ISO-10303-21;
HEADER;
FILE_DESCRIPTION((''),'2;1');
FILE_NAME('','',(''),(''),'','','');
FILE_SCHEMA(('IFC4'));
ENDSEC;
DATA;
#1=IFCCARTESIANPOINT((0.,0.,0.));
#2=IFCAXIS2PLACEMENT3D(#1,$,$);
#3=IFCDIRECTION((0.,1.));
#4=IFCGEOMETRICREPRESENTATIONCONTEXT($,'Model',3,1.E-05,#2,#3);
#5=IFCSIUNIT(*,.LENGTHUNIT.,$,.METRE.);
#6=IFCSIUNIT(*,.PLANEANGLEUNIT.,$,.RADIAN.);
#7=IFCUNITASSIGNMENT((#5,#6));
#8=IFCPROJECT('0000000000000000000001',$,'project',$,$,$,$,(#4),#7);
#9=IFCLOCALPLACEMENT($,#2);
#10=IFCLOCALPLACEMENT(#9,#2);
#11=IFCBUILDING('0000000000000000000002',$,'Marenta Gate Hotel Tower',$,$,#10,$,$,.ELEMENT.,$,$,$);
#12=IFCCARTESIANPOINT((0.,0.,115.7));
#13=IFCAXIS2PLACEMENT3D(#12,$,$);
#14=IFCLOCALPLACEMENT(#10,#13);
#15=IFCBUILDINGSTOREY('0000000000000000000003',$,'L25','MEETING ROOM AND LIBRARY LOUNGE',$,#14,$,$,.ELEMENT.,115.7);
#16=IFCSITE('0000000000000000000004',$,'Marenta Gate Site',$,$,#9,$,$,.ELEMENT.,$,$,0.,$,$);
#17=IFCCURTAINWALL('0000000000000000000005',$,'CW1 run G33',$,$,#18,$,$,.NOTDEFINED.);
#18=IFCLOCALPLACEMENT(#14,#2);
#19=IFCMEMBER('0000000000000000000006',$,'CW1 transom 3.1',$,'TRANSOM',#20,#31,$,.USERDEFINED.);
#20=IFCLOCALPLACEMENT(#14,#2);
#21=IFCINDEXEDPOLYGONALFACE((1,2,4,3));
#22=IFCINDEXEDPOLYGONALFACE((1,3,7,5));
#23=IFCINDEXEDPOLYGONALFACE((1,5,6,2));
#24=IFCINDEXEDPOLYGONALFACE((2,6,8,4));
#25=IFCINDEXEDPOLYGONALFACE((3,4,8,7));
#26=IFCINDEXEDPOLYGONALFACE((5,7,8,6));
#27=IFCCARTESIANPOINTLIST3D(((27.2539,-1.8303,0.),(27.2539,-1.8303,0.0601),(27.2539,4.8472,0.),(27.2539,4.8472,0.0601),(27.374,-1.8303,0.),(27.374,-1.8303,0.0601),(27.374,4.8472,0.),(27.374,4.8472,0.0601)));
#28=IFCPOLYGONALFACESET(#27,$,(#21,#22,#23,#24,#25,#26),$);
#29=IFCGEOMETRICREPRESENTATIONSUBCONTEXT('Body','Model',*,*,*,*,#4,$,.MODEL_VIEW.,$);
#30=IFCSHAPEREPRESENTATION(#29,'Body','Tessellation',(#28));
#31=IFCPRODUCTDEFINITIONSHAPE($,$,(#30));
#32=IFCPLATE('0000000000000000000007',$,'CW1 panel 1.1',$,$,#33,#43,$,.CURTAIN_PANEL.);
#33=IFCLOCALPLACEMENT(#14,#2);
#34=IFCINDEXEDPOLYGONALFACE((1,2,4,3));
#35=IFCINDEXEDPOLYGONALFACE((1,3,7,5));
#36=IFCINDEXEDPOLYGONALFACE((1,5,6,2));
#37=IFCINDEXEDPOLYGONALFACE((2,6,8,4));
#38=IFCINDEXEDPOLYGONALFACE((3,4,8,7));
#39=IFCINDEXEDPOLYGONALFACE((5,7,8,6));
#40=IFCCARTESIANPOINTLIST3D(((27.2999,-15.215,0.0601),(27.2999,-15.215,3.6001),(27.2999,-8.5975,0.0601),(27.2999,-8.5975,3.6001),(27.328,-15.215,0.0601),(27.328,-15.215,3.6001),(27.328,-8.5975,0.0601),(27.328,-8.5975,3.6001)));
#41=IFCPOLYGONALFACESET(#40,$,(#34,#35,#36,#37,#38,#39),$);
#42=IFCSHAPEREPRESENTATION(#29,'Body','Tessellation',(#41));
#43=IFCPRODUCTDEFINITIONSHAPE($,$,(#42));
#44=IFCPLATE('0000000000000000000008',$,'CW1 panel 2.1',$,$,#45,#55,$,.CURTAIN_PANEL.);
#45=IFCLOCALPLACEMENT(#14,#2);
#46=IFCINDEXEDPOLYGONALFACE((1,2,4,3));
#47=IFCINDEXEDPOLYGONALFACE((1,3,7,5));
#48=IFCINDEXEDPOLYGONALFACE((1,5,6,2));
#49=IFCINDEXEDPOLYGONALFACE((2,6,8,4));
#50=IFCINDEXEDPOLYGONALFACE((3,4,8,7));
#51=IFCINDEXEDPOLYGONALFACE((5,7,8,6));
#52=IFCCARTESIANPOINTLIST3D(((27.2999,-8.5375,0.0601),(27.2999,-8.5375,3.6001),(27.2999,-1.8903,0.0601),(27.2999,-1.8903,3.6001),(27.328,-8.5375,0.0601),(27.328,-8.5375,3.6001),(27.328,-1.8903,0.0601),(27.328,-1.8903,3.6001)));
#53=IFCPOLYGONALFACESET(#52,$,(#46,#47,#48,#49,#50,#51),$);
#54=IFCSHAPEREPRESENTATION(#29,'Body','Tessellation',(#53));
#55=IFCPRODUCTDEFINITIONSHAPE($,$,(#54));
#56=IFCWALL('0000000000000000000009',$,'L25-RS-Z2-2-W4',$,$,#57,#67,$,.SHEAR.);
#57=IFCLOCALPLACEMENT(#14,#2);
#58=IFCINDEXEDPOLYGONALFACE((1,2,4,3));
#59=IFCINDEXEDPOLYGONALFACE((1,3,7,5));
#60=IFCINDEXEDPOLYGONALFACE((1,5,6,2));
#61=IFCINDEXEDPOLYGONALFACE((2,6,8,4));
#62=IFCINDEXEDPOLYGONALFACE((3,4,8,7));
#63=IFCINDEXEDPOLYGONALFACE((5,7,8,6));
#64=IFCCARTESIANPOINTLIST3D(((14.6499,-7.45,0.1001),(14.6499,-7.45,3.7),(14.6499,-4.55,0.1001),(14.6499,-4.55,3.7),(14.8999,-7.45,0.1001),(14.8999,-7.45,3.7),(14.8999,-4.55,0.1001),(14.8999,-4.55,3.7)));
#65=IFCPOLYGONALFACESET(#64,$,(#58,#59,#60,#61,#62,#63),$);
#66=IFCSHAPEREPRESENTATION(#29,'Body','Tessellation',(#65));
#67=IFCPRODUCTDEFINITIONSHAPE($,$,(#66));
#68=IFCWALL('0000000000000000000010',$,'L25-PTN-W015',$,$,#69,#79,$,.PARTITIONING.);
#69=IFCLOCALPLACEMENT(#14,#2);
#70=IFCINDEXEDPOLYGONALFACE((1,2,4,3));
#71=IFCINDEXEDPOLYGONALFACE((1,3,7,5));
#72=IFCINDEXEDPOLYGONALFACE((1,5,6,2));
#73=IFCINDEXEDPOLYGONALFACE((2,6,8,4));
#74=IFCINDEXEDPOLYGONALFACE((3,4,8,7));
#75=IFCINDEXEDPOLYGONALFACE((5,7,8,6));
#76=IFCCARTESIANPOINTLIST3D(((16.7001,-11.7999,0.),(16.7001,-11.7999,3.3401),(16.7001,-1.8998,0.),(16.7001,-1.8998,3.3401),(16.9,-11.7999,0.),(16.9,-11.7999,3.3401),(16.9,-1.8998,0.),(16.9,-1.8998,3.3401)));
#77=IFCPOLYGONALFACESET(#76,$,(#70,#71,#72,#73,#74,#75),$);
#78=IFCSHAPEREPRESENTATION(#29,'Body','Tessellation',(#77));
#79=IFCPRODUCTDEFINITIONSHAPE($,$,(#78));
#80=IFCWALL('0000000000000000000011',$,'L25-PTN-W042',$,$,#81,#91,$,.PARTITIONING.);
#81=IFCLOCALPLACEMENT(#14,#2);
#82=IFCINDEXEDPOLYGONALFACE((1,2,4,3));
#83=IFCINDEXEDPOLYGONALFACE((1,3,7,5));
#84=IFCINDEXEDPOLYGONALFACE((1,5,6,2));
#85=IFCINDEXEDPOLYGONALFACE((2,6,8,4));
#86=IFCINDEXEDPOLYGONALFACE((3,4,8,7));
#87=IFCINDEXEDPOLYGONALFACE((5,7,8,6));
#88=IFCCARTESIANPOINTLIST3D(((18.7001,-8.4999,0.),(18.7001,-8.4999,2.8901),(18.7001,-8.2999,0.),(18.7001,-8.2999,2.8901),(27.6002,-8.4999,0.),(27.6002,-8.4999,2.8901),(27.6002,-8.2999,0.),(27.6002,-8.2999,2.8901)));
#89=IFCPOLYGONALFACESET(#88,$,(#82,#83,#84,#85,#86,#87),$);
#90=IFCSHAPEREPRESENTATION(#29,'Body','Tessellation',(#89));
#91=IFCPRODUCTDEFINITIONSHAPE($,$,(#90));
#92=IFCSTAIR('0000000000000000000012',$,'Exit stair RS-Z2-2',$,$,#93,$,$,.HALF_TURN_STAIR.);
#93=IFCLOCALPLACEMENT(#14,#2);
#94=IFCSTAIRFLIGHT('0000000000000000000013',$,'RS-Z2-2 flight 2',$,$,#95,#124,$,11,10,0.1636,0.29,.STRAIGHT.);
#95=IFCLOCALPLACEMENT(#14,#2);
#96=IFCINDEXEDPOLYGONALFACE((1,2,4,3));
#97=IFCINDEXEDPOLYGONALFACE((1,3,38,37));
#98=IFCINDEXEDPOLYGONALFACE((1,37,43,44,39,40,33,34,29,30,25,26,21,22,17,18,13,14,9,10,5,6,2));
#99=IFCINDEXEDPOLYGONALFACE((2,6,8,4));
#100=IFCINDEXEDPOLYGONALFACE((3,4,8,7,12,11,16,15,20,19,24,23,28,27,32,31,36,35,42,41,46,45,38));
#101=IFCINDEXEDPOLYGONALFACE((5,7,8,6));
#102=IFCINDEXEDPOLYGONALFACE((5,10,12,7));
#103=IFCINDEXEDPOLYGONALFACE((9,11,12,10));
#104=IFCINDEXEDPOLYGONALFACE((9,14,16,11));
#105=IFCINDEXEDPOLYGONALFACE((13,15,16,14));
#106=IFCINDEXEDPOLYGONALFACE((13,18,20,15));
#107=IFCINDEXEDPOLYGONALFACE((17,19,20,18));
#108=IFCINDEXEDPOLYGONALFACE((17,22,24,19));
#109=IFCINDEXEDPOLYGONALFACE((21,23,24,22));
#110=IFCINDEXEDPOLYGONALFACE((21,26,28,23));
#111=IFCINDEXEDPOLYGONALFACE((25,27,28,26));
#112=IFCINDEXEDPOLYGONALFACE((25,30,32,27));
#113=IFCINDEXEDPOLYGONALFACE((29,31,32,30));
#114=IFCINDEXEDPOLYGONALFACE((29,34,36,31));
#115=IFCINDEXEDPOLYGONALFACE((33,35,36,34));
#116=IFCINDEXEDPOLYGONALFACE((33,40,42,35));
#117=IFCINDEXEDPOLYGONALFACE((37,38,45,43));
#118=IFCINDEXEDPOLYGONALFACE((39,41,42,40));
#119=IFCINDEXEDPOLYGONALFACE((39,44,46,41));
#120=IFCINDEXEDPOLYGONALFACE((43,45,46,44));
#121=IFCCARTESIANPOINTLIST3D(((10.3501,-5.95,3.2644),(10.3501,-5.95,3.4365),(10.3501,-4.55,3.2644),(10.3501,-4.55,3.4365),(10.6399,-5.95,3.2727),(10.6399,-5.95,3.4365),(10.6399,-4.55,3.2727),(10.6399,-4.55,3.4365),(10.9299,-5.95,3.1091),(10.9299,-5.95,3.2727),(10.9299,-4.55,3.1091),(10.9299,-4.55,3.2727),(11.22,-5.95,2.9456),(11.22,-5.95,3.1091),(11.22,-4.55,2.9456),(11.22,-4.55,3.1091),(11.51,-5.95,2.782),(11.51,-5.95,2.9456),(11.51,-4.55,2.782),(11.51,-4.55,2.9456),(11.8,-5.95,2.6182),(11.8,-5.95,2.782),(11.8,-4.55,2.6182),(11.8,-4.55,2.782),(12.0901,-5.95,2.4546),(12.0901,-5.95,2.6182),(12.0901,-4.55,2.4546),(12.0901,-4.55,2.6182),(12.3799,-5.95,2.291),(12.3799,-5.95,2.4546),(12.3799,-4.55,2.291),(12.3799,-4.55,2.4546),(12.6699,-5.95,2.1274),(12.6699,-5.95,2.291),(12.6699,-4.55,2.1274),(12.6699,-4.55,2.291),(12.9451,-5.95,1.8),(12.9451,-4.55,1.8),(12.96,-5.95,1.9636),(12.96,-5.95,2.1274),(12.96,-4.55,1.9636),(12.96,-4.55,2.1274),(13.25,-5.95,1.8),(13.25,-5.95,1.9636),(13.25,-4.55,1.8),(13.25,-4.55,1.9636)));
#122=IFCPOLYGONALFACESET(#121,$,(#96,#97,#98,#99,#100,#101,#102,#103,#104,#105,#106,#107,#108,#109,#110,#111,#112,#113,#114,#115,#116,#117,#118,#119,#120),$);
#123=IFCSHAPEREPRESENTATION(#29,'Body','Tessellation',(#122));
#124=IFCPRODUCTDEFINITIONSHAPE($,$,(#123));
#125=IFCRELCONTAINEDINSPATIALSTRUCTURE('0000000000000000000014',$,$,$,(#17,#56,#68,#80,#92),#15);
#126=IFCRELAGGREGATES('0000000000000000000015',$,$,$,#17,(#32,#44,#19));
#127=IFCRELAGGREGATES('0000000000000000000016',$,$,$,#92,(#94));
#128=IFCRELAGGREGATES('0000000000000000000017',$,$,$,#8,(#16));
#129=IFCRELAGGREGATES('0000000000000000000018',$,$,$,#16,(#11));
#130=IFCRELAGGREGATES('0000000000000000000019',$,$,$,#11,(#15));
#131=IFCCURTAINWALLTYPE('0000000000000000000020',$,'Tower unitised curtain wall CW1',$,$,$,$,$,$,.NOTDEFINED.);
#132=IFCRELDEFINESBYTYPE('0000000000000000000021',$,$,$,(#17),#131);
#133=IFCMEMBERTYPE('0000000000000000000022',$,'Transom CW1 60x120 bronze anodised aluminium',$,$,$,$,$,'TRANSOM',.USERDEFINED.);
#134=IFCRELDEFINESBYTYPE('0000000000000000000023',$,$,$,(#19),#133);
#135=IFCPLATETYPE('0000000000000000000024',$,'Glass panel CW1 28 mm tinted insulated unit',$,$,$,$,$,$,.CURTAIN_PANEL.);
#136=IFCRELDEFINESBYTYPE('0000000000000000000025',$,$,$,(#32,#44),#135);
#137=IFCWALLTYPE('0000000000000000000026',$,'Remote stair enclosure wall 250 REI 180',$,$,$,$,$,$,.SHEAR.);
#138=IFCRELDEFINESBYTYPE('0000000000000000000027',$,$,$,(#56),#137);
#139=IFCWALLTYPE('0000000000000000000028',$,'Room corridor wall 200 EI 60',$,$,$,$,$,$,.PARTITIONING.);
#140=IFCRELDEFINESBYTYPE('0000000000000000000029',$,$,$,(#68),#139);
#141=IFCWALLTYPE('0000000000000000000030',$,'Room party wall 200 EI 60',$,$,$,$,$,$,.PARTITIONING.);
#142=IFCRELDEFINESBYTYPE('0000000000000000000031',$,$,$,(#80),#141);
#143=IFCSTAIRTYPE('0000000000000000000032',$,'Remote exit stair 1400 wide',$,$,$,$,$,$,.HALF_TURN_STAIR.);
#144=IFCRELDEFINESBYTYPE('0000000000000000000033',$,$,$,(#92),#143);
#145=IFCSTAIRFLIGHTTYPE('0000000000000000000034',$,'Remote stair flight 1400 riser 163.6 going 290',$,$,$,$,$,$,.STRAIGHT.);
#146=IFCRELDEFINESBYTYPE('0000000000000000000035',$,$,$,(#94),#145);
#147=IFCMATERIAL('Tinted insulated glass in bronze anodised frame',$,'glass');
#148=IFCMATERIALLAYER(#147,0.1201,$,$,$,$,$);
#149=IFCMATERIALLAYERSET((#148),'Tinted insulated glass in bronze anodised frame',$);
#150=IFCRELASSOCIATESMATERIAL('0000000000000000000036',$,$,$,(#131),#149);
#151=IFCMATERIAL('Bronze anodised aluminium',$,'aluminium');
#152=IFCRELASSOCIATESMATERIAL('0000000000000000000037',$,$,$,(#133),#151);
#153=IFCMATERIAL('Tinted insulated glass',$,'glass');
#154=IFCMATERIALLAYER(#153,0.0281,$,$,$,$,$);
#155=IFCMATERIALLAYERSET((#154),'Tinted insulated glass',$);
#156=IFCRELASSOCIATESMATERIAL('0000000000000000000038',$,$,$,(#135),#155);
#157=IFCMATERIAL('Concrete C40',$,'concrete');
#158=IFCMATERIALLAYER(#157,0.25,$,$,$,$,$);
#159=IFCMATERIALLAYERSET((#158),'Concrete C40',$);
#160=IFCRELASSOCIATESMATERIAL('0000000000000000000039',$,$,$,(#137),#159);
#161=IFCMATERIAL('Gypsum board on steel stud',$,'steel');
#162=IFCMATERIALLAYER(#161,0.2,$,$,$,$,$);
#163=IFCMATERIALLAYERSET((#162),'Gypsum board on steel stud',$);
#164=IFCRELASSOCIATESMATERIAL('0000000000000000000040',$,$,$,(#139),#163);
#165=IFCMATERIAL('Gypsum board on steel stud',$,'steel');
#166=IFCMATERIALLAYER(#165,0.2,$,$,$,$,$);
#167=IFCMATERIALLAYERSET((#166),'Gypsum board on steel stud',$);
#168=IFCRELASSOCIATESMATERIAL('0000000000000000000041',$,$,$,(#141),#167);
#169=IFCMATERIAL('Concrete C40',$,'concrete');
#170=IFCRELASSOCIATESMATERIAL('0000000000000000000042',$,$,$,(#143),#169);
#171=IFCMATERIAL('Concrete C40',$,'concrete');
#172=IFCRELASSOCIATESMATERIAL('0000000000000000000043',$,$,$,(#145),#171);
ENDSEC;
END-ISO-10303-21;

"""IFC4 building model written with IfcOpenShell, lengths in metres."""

from ifc_helpers import new_model, si_unit, direction, frame, frame_2d, origin, origin_2d, place, context, subcontext, project, spatial, polyline, rectangle, outline, extrude, material, layer, layer_set, material_profile, profile_set, type_object, element, aggregate, save


model = new_model("IFC4")

# Units and contexts
model_context = context("Model", 3, precision=1e-05, world=origin(), true_north=direction((0.0, 1.0)))
body_context = subcontext(model_context, "Body", "Model", "MODEL_VIEW")
ifc_project = project(units=[si_unit("LENGTHUNIT", "METRE"), si_unit("PLANEANGLEUNIT", "RADIAN")], contexts=[model_context])

# Site, building, storey
site_placement = place(None, origin())
site = spatial("IfcSite", under=ifc_project, at=site_placement, Name="Marenta Gate Site", CompositionType="ELEMENT", RefElevation=0.0)
building_placement = place(site_placement, origin())
building = spatial("IfcBuilding", under=site, at=building_placement, Name="Marenta Gate Hotel Tower", CompositionType="ELEMENT")
storey_placement = place(building_placement, frame((0.0, 0.0, 115.7)))
storey = spatial("IfcBuildingStorey", under=building, at=storey_placement, Name="L25", Description="MEETING ROOM AND LIBRARY LOUNGE", CompositionType="ELEMENT", Elevation=115.7)

# Curtain wall, member, plates
ifc_material_1 = material(Name="Tinted insulated glass in bronze anodised frame", Category="glass")
ifc_layer_1 = layer(ifc_material_1, 0.1201)
ifc_layer_set_1 = layer_set([ifc_layer_1], Name="Tinted insulated glass in bronze anodised frame")
curtain_wall_type = type_object("IfcCurtainWallType", Name="Tower unitised curtain wall CW1", PredefinedType="NOTDEFINED", material=ifc_layer_set_1)
curtain_wall_placement = place(storey_placement, origin())
curtain_wall = element("IfcCurtainWall", 1, at=curtain_wall_placement, inside=storey, type_object=curtain_wall_type, Name="CW1 run G33", PredefinedType="NOTDEFINED")
ifc_material_2 = material(Name="Bronze anodised aluminium", Category="aluminium")
ifc_material_profile_1 = material_profile(ifc_material_2, rectangle(XDim=0.1201, YDim=0.0601, at=origin_2d()), Name="Transom CW1 60x120 bronze anodised aluminium")
ifc_profile_set_1 = profile_set([ifc_material_profile_1], Name="Bronze anodised aluminium")
member_type_1 = type_object("IfcMemberType", Name="Transom CW1 60x120 bronze anodised aluminium", ElementType="TRANSOM", PredefinedType="USERDEFINED", material=ifc_profile_set_1)
member_1_placement = place(storey_placement, frame((27.314, -1.8303, 0.03), z_axis=(0.0, 1.0, 0.0), x_axis=(-1.0, 0.0, 0.0)))
member_1 = element("IfcMember", 2, at=member_1_placement, type_object=member_type_1, Name="CW1 transom 3.1", ObjectType="TRANSOM", PredefinedType="USERDEFINED", context=body_context, shape_type="SweptSolid", body=[
    extrude(rectangle(XDim=0.1201, YDim=0.0601, at=origin_2d()), origin(), (0.0, 0.0, 1.0), 6.6775),
])
ifc_material_3 = material(Name="Tinted insulated glass", Category="glass")
ifc_layer_2 = layer(ifc_material_3, 0.0281)
ifc_layer_set_2 = layer_set([ifc_layer_2], Name="Tinted insulated glass")
plate_type = type_object("IfcPlateType", Name="Glass panel CW1 28 mm tinted insulated unit", PredefinedType="CURTAIN_PANEL", material=ifc_layer_set_2)
plate_1_placement = place(storey_placement, frame((27.314, -11.9062, 0.0601), z_axis=(0.0, 0.0, 1.0), x_axis=(0.0, 1.0, 0.0)))
plate_1 = element("IfcPlate", 3, at=plate_1_placement, type_object=plate_type, Name="CW1 panel 1.1", PredefinedType="CURTAIN_PANEL", context=body_context, shape_type="SweptSolid", body=[
    extrude(rectangle(XDim=6.6174, YDim=0.0281, at=origin_2d()), origin(), (0.0, 0.0, 1.0), 3.54),
])
plate_2_placement = place(storey_placement, frame((27.314, -5.2139, 0.0601), z_axis=(0.0, 0.0, 1.0), x_axis=(0.0, 1.0, 0.0)))
plate_2 = element("IfcPlate", 4, at=plate_2_placement, type_object=plate_type, Name="CW1 panel 2.1", PredefinedType="CURTAIN_PANEL", context=body_context, shape_type="SweptSolid", body=[
    extrude(rectangle(XDim=6.6472, YDim=0.0281, at=origin_2d()), origin(), (0.0, 0.0, 1.0), 3.54),
])
aggregate(curtain_wall, [plate_1, plate_2, member_1])

# Walls
ifc_material_4 = material(Name="Concrete C40", Category="concrete")
ifc_layer_3 = layer(ifc_material_4, 0.25)
ifc_layer_set_3 = layer_set([ifc_layer_3], Name="Concrete C40")
wall_type_1 = type_object("IfcWallType", Name="Remote stair enclosure wall 250 REI 180", PredefinedType="SHEAR", material=ifc_layer_set_3)
wall_1_placement = place(storey_placement, frame((14.7749, -7.45, 0.1001), z_axis=(0.0, 0.0, 1.0), x_axis=(0.0, 1.0, 0.0)))
element("IfcWall", 5, at=wall_1_placement, inside=storey, type_object=wall_type_1, Name="L25-RS-Z2-2-W4", PredefinedType="SHEAR", context=body_context, shape_type="SweptSolid", body=[
    extrude(rectangle(XDim=2.8999, YDim=0.25, at=frame_2d((1.45, 0.0))), origin(), (0.0, 0.0, 1.0), 3.5999),
])
ifc_material_5 = material(Name="Gypsum board on steel stud", Category="steel")
ifc_layer_4 = layer(ifc_material_5, 0.2)
ifc_layer_set_4 = layer_set([ifc_layer_4], Name="Gypsum board on steel stud")
wall_type_2 = type_object("IfcWallType", Name="Room corridor wall 200 EI 60", PredefinedType="PARTITIONING", material=ifc_layer_set_4)
wall_2_placement = place(storey_placement, frame((16.8, -11.8, 0.0), z_axis=(0.0, 0.0, 1.0), x_axis=(0.0, 1.0, 0.0)))
element("IfcWall", 6, at=wall_2_placement, inside=storey, type_object=wall_type_2, Name="L25-PTN-W015", PredefinedType="PARTITIONING", context=body_context, shape_type="SweptSolid", body=[
    extrude(rectangle(XDim=9.9001, YDim=0.2, at=frame_2d((4.9502, 0.0))), origin(), (0.0, 0.0, 1.0), 3.3401),
])
ifc_material_6 = material(Name="Gypsum board on steel stud", Category="steel")
ifc_layer_5 = layer(ifc_material_6, 0.2)
ifc_layer_set_5 = layer_set([ifc_layer_5], Name="Gypsum board on steel stud")
wall_type_3 = type_object("IfcWallType", Name="Room party wall 200 EI 60", PredefinedType="PARTITIONING", material=ifc_layer_set_5)
wall_3_placement = place(storey_placement, frame((18.7, -8.3999, 0.0), z_axis=(0.0, 0.0, 1.0), x_axis=(1.0, 0.0, 0.0)))
element("IfcWall", 7, at=wall_3_placement, inside=storey, type_object=wall_type_3, Name="L25-PTN-W042", PredefinedType="PARTITIONING", context=body_context, shape_type="SweptSolid", body=[
    extrude(rectangle(XDim=8.9001, YDim=0.2, at=frame_2d((4.4502, 0.0))), origin(), (0.0, 0.0, 1.0), 2.8901),
])

# Stair, stair flight
ifc_material_7 = material(Name="Concrete C40", Category="concrete")
stair_type = type_object("IfcStairType", Name="Remote exit stair 1400 wide", PredefinedType="HALF_TURN_STAIR", material=ifc_material_7)
stair_placement = place(storey_placement, origin())
stair = element("IfcStair", 8, at=stair_placement, inside=storey, type_object=stair_type, Name="Exit stair RS-Z2-2", PredefinedType="HALF_TURN_STAIR")
ifc_material_8 = material(Name="Concrete C40", Category="concrete")
stair_flight_type = type_object("IfcStairFlightType", Name="Remote stair flight 1400 riser 163.6 going 290", PredefinedType="STRAIGHT", material=ifc_material_8)
stair_flight_placement = place(storey_placement, frame((13.25, -5.25, 1.8), z_axis=(0.0, 0.0, 1.0), x_axis=(-1.0, 0.0, 0.0)))
stair_flight = element("IfcStairFlight", 9, at=stair_flight_placement, type_object=stair_flight_type, Name="RS-Z2-2 flight 2", NumberOfRisers=11, NumberOfTreads=10, PredefinedType="STRAIGHT", RiserHeight=0.1636, TreadLength=0.29, context=body_context, shape_type="SweptSolid", body=[
    extrude(outline(polyline([(0.0, 0.0), (0.0, 0.1636), (0.29, 0.1636), (0.29, 0.3274), (0.5801, 0.3274), (0.5801, 0.491), (0.8701, 0.491), (0.8701, 0.6545), (1.1599, 0.6545), (1.1599, 0.8181), (1.45, 0.8181), (1.45, 0.9819), (1.74, 0.9819), (1.74, 1.1455), (2.03, 1.1455), (2.03, 1.3091), (2.3201, 1.3091), (2.3201, 1.4727), (2.6101, 1.4727), (2.6101, 1.6365), (2.8999, 1.6365), (2.8999, 1.8), (2.8999, 1.4644), (0.3049, 0.0), (0.0, 0.0)])), frame((0.0, 0.7, 0.0), z_axis=(0.0, -1.0, 0.0), x_axis=(1.0, 0.0, 0.0)), (0.0, 0.0, 1.0), 1.3999),
])
aggregate(stair, [stair_flight])

save(model, "model.ifc")
